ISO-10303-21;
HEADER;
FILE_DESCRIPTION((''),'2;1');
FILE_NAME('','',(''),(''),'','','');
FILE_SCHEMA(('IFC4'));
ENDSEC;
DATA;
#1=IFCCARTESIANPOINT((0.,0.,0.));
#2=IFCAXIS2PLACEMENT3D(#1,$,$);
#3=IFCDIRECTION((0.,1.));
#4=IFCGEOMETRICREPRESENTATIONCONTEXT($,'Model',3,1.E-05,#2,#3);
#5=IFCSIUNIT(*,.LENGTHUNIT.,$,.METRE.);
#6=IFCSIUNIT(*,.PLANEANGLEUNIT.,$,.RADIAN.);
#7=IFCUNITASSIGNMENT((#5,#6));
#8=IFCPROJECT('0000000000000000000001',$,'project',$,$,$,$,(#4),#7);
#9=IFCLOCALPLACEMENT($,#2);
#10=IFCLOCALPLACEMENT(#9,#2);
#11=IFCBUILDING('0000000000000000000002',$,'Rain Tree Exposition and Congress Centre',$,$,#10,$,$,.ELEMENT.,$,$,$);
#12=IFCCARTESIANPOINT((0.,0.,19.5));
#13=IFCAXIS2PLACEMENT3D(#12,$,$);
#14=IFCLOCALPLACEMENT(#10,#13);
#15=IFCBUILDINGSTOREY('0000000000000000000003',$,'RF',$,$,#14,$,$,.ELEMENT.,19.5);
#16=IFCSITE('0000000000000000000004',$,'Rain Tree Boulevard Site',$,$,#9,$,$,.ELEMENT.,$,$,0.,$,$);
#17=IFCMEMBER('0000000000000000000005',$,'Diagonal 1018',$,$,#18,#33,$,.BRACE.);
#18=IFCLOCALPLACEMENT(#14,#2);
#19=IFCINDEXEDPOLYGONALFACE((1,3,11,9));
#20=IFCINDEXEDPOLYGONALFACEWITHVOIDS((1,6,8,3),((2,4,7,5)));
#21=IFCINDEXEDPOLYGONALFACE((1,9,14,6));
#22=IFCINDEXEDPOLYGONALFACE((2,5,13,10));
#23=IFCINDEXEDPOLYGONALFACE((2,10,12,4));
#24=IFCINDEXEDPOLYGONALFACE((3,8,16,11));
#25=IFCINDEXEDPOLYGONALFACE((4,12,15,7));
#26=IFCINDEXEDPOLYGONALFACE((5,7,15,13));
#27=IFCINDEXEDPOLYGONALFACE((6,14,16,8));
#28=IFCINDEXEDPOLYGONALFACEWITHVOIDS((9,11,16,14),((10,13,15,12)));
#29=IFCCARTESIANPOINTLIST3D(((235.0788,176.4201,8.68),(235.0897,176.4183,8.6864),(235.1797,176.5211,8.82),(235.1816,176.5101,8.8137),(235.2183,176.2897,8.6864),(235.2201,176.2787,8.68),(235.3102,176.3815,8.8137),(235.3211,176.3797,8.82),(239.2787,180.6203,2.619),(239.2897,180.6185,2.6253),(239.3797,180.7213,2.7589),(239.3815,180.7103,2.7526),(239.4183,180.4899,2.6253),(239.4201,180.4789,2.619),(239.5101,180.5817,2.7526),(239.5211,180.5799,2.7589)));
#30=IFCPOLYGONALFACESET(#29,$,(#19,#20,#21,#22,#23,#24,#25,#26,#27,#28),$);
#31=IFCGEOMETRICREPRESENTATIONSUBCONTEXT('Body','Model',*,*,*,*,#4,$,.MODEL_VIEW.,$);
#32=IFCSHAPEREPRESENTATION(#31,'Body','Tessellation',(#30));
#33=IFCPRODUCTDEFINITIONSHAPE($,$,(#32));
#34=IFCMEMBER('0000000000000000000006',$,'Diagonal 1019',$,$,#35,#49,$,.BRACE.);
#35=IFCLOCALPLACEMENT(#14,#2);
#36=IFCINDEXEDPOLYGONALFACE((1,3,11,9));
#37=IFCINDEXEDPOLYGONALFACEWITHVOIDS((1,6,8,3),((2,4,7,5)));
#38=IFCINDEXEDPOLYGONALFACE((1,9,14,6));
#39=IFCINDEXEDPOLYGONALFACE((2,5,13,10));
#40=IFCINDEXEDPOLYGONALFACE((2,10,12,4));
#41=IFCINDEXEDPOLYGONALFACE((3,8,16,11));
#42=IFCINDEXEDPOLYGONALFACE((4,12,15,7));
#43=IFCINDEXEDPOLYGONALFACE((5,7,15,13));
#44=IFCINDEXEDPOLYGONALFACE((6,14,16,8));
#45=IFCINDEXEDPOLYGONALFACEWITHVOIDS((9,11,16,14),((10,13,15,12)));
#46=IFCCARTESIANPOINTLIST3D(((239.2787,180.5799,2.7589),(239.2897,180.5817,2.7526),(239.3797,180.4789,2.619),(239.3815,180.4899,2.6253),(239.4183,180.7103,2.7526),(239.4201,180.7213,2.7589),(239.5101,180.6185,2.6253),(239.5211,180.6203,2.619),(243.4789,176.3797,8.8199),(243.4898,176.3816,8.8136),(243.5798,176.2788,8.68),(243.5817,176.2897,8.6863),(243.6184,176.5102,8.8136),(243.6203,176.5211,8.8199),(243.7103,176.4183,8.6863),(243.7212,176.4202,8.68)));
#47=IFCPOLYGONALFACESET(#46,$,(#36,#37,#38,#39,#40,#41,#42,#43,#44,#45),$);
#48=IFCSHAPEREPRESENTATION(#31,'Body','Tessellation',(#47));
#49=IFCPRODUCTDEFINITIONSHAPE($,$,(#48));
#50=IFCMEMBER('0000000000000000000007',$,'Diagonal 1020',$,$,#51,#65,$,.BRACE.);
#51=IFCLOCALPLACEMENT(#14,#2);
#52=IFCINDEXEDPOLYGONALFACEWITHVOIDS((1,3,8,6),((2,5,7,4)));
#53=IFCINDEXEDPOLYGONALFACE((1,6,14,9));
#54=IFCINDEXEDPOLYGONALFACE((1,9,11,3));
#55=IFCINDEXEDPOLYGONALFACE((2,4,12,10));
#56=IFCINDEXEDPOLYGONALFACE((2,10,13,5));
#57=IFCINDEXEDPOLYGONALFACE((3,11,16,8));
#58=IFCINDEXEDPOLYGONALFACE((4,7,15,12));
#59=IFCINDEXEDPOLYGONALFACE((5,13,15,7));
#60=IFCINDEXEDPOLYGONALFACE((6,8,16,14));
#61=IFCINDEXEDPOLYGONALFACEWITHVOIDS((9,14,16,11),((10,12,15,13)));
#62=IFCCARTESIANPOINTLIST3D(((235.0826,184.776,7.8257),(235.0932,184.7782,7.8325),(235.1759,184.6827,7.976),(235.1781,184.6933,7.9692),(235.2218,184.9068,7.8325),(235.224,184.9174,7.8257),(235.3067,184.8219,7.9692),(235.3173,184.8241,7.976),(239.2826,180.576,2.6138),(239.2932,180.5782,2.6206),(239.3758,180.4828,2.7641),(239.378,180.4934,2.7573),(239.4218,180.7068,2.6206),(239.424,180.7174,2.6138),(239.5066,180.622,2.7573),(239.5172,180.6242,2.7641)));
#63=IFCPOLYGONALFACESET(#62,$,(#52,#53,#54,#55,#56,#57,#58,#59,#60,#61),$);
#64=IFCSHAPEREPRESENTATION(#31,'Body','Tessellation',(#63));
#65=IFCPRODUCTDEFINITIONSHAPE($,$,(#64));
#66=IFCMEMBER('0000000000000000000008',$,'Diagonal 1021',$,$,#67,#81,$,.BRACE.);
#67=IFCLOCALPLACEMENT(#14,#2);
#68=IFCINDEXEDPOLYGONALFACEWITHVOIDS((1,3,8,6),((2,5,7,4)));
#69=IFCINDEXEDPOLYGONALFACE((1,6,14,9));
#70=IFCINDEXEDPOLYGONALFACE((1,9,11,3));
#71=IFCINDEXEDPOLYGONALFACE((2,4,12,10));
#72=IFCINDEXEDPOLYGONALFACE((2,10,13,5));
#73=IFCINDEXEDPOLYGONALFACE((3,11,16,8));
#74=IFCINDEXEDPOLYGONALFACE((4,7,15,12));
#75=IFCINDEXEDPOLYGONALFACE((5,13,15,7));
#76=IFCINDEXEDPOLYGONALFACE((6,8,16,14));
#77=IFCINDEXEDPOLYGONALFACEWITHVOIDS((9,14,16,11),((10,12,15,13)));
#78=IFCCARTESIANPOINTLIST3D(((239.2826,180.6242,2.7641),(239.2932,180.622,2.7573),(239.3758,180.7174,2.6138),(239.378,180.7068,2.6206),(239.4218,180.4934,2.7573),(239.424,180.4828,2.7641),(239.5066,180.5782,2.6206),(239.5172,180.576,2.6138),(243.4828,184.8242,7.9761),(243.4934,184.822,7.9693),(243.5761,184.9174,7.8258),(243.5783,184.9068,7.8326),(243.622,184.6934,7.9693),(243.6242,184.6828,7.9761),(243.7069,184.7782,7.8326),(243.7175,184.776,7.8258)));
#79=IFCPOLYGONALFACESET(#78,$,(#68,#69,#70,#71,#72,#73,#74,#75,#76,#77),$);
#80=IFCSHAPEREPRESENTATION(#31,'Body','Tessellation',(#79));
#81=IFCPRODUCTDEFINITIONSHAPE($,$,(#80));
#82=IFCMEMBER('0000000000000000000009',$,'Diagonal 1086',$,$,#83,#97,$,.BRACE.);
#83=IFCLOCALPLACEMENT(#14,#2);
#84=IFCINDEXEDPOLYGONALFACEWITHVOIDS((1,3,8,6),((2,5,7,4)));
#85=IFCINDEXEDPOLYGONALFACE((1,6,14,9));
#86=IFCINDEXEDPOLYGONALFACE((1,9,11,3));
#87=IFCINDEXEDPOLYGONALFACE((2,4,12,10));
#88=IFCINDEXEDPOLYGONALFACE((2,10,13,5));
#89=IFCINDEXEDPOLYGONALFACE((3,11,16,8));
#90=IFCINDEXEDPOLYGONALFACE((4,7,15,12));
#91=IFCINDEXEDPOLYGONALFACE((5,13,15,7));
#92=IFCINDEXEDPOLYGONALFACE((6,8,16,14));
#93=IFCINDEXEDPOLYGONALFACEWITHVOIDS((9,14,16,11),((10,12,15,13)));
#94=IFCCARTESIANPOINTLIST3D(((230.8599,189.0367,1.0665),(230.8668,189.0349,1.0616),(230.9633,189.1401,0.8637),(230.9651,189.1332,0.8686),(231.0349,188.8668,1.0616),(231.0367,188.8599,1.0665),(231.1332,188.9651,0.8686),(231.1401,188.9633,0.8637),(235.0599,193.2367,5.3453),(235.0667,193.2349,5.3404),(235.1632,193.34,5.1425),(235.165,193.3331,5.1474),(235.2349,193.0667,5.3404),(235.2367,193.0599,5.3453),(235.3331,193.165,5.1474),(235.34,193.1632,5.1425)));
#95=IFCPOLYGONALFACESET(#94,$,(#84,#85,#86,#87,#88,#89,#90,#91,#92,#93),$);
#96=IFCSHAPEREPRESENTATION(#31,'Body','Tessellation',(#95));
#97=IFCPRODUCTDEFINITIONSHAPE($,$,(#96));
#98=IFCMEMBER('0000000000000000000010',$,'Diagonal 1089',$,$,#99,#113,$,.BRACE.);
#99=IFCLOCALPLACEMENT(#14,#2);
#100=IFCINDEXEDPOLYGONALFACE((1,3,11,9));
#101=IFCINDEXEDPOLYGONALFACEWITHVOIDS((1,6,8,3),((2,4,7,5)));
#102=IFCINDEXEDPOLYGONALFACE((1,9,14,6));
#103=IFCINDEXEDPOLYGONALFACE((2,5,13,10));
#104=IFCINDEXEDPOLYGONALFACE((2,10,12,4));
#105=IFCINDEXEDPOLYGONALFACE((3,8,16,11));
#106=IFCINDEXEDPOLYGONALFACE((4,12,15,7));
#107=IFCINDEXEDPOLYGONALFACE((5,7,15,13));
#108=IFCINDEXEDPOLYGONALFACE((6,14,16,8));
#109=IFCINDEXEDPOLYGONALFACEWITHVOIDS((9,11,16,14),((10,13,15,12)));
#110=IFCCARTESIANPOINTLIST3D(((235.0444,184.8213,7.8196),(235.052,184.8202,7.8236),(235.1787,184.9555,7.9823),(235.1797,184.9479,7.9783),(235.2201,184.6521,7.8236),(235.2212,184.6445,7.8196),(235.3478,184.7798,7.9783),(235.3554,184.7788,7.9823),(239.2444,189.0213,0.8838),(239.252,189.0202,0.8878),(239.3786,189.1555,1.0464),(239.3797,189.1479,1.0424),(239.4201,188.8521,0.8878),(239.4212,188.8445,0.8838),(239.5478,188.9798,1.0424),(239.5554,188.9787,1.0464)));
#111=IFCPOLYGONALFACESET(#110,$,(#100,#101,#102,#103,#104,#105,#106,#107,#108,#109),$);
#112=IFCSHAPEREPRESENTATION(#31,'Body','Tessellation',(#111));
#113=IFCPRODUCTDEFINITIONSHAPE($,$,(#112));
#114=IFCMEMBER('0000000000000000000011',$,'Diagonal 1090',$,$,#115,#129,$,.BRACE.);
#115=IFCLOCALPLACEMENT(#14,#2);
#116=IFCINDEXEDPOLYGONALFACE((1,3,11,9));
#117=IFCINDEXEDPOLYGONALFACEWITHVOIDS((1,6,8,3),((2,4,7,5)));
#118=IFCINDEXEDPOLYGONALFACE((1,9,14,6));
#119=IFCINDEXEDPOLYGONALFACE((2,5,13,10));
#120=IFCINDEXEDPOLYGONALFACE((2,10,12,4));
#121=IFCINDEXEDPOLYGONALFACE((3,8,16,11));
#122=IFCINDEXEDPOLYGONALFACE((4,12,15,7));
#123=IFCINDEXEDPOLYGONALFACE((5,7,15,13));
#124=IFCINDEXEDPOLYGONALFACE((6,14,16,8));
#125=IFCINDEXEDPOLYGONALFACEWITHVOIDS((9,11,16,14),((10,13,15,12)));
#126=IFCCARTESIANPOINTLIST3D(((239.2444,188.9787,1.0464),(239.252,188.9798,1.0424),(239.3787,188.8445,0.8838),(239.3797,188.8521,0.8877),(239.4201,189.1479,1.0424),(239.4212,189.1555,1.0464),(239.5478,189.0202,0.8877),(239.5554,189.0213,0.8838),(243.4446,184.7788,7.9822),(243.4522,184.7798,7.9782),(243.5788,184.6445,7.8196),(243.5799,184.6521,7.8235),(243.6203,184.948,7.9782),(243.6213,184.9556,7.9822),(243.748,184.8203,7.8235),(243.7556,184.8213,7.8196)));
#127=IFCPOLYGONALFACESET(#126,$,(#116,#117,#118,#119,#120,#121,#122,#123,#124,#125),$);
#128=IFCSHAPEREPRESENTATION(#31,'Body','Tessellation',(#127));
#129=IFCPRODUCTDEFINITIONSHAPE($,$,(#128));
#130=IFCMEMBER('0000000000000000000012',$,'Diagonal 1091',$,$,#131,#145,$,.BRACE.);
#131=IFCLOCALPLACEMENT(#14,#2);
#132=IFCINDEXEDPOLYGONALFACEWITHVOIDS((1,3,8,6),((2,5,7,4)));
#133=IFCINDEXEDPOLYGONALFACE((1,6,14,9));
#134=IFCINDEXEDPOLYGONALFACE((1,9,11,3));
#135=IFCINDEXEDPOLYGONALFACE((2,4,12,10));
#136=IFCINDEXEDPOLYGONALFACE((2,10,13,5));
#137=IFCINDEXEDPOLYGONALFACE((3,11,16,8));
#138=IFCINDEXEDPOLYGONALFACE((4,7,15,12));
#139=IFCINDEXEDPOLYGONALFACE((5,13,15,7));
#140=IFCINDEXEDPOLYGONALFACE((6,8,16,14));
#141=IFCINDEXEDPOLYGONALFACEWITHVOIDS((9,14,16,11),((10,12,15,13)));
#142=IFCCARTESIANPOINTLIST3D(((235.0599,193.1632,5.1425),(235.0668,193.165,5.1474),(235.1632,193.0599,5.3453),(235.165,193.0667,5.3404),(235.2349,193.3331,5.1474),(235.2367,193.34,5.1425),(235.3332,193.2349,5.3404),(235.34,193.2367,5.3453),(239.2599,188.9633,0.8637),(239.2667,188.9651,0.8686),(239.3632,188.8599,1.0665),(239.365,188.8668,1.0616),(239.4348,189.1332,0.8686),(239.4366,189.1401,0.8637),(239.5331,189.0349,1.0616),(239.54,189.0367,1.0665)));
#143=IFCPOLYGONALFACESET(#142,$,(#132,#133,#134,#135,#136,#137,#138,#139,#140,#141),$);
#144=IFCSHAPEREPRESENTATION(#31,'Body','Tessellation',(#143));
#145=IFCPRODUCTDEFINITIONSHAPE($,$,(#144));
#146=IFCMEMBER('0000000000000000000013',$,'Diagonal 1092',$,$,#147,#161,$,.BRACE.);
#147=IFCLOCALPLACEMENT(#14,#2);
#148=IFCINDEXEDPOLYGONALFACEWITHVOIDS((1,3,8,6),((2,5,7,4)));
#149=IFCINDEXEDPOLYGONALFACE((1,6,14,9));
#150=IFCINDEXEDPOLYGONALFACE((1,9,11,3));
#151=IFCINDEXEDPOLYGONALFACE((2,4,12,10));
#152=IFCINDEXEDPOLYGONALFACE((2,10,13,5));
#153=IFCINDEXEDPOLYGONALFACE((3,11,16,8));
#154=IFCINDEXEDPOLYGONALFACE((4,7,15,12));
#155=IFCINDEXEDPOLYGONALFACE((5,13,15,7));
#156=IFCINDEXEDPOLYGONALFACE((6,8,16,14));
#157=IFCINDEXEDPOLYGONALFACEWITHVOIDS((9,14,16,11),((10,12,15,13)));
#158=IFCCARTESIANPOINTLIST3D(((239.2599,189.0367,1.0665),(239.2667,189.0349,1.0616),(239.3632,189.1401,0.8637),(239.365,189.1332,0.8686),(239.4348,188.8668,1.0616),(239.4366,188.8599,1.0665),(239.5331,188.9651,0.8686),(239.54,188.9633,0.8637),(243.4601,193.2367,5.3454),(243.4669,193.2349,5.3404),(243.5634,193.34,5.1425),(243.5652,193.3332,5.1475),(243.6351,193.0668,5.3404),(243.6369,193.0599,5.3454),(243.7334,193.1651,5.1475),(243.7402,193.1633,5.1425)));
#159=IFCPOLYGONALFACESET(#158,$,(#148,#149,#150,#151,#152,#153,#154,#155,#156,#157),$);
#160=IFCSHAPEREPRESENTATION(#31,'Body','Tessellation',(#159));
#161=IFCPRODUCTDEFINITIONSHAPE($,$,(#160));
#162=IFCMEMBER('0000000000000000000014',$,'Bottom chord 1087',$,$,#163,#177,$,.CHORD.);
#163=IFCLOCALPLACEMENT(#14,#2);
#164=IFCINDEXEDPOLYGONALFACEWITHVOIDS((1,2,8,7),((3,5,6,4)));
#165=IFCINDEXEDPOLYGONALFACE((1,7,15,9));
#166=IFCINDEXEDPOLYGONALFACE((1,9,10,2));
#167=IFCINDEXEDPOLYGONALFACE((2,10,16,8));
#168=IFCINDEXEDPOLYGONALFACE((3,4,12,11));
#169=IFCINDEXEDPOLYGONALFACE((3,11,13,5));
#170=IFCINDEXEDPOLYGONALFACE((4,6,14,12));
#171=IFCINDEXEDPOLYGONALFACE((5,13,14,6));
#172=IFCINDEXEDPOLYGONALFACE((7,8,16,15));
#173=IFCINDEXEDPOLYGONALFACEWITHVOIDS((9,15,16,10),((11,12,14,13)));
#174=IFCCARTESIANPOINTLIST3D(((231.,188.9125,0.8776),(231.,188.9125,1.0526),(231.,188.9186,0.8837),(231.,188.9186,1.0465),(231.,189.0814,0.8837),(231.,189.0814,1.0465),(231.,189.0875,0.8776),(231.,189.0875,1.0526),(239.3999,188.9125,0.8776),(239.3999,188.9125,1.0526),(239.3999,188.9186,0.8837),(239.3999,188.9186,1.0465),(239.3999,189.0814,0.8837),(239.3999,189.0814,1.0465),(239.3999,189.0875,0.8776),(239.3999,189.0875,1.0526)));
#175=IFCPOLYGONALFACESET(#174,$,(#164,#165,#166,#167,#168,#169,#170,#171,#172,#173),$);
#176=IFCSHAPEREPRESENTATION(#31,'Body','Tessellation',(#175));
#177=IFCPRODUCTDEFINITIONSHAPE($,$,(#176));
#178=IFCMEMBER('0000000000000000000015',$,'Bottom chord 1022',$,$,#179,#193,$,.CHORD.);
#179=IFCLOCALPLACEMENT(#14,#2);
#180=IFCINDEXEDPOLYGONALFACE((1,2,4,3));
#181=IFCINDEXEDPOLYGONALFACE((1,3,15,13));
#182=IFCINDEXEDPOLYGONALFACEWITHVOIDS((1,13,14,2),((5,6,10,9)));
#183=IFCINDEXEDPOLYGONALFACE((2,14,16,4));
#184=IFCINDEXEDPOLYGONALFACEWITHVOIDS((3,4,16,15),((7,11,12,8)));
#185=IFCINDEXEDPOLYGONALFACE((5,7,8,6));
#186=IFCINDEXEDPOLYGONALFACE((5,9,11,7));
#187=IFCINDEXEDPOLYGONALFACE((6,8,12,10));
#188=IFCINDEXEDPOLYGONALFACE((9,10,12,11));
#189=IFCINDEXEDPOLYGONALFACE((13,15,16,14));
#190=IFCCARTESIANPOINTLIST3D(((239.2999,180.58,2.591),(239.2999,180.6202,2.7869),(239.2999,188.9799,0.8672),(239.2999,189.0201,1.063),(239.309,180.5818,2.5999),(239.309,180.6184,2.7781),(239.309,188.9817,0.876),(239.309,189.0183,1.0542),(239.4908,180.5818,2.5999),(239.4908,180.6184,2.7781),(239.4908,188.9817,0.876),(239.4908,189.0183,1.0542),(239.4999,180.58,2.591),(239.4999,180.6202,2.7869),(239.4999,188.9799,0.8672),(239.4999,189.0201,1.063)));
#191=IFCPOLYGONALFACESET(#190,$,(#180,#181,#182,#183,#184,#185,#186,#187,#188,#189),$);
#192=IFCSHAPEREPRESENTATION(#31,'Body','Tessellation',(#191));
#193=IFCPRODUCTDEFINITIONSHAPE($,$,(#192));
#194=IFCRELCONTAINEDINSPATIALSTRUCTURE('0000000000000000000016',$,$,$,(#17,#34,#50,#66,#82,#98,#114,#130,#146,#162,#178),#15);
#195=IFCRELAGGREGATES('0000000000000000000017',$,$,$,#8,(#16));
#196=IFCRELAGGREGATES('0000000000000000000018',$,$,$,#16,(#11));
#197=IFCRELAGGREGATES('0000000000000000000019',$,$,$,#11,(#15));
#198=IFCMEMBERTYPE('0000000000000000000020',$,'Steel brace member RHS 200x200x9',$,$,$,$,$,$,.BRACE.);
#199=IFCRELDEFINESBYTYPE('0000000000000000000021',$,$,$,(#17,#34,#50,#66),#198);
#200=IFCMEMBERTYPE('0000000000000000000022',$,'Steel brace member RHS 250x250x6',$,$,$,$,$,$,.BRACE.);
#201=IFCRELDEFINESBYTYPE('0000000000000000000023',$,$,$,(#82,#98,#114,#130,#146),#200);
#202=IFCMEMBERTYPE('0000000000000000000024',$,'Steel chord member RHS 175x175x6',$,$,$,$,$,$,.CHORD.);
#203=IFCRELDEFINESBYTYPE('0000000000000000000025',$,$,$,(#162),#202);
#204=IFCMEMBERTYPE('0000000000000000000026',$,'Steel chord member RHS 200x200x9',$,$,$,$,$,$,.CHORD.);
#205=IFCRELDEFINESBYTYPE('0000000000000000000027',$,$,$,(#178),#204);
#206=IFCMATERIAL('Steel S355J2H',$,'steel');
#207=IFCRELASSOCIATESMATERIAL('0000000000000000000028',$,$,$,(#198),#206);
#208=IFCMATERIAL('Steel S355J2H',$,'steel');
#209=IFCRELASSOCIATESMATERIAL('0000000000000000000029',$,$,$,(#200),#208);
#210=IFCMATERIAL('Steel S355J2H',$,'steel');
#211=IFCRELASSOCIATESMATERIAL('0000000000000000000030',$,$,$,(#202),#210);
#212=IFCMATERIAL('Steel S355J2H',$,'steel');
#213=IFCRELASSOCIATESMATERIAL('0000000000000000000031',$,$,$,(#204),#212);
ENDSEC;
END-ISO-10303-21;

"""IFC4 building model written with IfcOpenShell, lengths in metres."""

from ifc_helpers import new_model, si_unit, direction, frame, origin, origin_2d, place, context, subcontext, project, spatial, hollow_rectangle, extrude, material, material_profile, profile_set, type_object, element, save


model = new_model("IFC4")

# Units and contexts
model_context = context("Model", 3, precision=1e-05, world=origin(), true_north=direction((0.0, 1.0)))
body_context = subcontext(model_context, "Body", "Model", "MODEL_VIEW")
ifc_project = project(units=[si_unit("LENGTHUNIT", "METRE"), si_unit("PLANEANGLEUNIT", "RADIAN")], contexts=[model_context])

# Site, building, storey
site_placement = place(None, origin())
site = spatial("IfcSite", under=ifc_project, at=site_placement, Name="Rain Tree Boulevard Site", CompositionType="ELEMENT", RefElevation=0.0)
building_placement = place(site_placement, origin())
building = spatial("IfcBuilding", under=site, at=building_placement, Name="Rain Tree Exposition and Congress Centre", CompositionType="ELEMENT")
storey_placement = place(building_placement, frame((0.0, 0.0, 19.5)))
storey = spatial("IfcBuildingStorey", under=building, at=storey_placement, Name="RF", CompositionType="ELEMENT", Elevation=19.5)

# Members
ifc_material_1 = material(Name="Steel S355J2H", Category="steel")
ifc_material_profile_1 = material_profile(ifc_material_1, hollow_rectangle(XDim=0.2, YDim=0.2, WallThickness=0.009, at=origin_2d()), Name="RHS 200x200x9")
ifc_profile_set_1 = profile_set([ifc_material_profile_1], Name="Steel S355J2H")
member_type_1 = type_object("IfcMemberType", Name="Steel brace member RHS 200x200x9", PredefinedType="BRACE", material=ifc_profile_set_1)
for number, where, z_axis, x_axis, name in (
    (1, (239.3999, 180.6001, 2.689), (-0.494909, -0.494938, 0.714214), (0.707127, -0.707086, 0.0), "Diagonal 1018"),
    (2, (239.3999, 180.6001, 2.689), (0.494931, -0.494931, 0.714203), (0.707107, 0.707107, 0.0), "Diagonal 1019"),
):
    element("IfcMember", number, at=place(storey_placement, frame(where, z_axis=z_axis, x_axis=x_axis)), inside=storey, type_object=member_type_1, Name=name, PredefinedType="BRACE", context=body_context, shape_type="SweptSolid", body=[
        extrude(hollow_rectangle(XDim=0.2, YDim=0.2, WallThickness=0.009, at=origin_2d()), origin(), (0.0, 0.0, 1.0), 8.4863),
    ])
member_1_placement = place(storey_placement, frame((239.3999, 180.6001, 2.689), z_axis=(-0.531498, 0.531498, 0.65956), x_axis=(-0.707107, -0.707107, 0.0)))
element("IfcMember", 3, at=member_1_placement, inside=storey, type_object=member_type_1, Name="Diagonal 1020", PredefinedType="BRACE", context=body_context, shape_type="SweptSolid", body=[
    extrude(hollow_rectangle(XDim=0.2, YDim=0.2, WallThickness=0.009, at=origin_2d()), origin(), (0.0, 0.0, 1.0), 7.9021),
])
member_2_placement = place(storey_placement, frame((239.3999, 180.6001, 2.689), z_axis=(0.53152, 0.531489, 0.65955), x_axis=(-0.707086, 0.707127, 0.0)))
element("IfcMember", 4, at=member_2_placement, inside=storey, type_object=member_type_1, Name="Diagonal 1021", PredefinedType="BRACE", context=body_context, shape_type="SweptSolid", body=[
    extrude(hollow_rectangle(XDim=0.2, YDim=0.2, WallThickness=0.009, at=origin_2d()), origin(), (0.0, 0.0, 1.0), 7.9023),
])
ifc_material_2 = material(Name="Steel S355J2H", Category="steel")
ifc_material_profile_2 = material_profile(ifc_material_2, hollow_rectangle(XDim=0.25, YDim=0.25, WallThickness=0.0061, at=origin_2d()), Name="RHS 250x250x6")
ifc_profile_set_2 = profile_set([ifc_material_profile_2], Name="Steel S355J2H")
member_type_2 = type_object("IfcMemberType", Name="Steel brace member RHS 250x250x6", PredefinedType="BRACE", material=ifc_profile_set_2)
member_3_placement = place(storey_placement, frame((231.0, 189.0, 0.9651), z_axis=(0.573737, 0.573737, 0.58451), x_axis=(-0.707107, 0.707107, 0.0)))
element("IfcMember", 5, at=member_3_placement, inside=storey, type_object=member_type_2, Name="Diagonal 1086", PredefinedType="BRACE", context=body_context, shape_type="SweptSolid", body=[
    extrude(hollow_rectangle(XDim=0.25, YDim=0.25, WallThickness=0.0061, at=origin_2d()), origin(), (0.0, 0.0, 1.0), 7.3203),
])
for number, where, z_axis, x_axis, name in (
    (6, (239.3999, 189.0, 0.9651), (-0.459941, -0.459941, 0.759545), (0.707107, -0.707107, 0.0), "Diagonal 1089"),
    (7, (239.3999, 189.0, 0.9651), (0.459962, -0.459935, 0.759536), (0.707086, 0.707127, 0.0), "Diagonal 1090"),
):
    element("IfcMember", number, at=place(storey_placement, frame(where, z_axis=z_axis, x_axis=x_axis)), inside=storey, type_object=member_type_2, Name=name, PredefinedType="BRACE", context=body_context, shape_type="SweptSolid", body=[
        extrude(hollow_rectangle(XDim=0.25, YDim=0.25, WallThickness=0.0061, at=origin_2d()), origin(), (0.0, 0.0, 1.0), 9.1316),
    ])
member_4_placement = place(storey_placement, frame((239.3999, 189.0, 0.9651), z_axis=(-0.573737, 0.573737, 0.58451), x_axis=(-0.707107, -0.707107, 0.0)))
element("IfcMember", 8, at=member_4_placement, inside=storey, type_object=member_type_2, Name="Diagonal 1091", PredefinedType="BRACE", context=body_context, shape_type="SweptSolid", body=[
    extrude(hollow_rectangle(XDim=0.25, YDim=0.25, WallThickness=0.0061, at=origin_2d()), origin(), (0.0, 0.0, 1.0), 7.3203),
])
member_5_placement = place(storey_placement, frame((239.3999, 189.0, 0.9651), z_axis=(0.57376, 0.573726, 0.584498), x_axis=(-0.707086, 0.707127, 0.0)))
element("IfcMember", 9, at=member_5_placement, inside=storey, type_object=member_type_2, Name="Diagonal 1092", PredefinedType="BRACE", context=body_context, shape_type="SweptSolid", body=[
    extrude(hollow_rectangle(XDim=0.25, YDim=0.25, WallThickness=0.0061, at=origin_2d()), origin(), (0.0, 0.0, 1.0), 7.3206),
])
ifc_material_3 = material(Name="Steel S355J2H", Category="steel")
ifc_material_profile_3 = material_profile(ifc_material_3, hollow_rectangle(XDim=0.175, YDim=0.175, WallThickness=0.0061, at=origin_2d()), Name="RHS 175x175x6")
ifc_profile_set_3 = profile_set([ifc_material_profile_3], Name="Steel S355J2H")
member_type_3 = type_object("IfcMemberType", Name="Steel chord member RHS 175x175x6", PredefinedType="CHORD", material=ifc_profile_set_3)
member_6_placement = place(storey_placement, frame((231.0, 189.0, 0.9651), z_axis=(1.0, 0.0, 0.0), x_axis=(0.0, 1.0, 0.0)))
element("IfcMember", 10, at=member_6_placement, inside=storey, type_object=member_type_3, Name="Bottom chord 1087", PredefinedType="CHORD", context=body_context, shape_type="SweptSolid", body=[
    extrude(hollow_rectangle(XDim=0.175, YDim=0.175, WallThickness=0.0061, at=origin_2d()), origin(), (0.0, 0.0, 1.0), 8.3999),
])
ifc_material_4 = material(Name="Steel S355J2H", Category="steel")
ifc_material_profile_4 = material_profile(ifc_material_4, hollow_rectangle(XDim=0.2, YDim=0.2, WallThickness=0.009, at=origin_2d()), Name="RHS 200x200x9")
ifc_profile_set_4 = profile_set([ifc_material_profile_4], Name="Steel S355J2H")
member_type_4 = type_object("IfcMemberType", Name="Steel chord member RHS 200x200x9", PredefinedType="CHORD", material=ifc_profile_set_4)
member_7_placement = place(storey_placement, frame((239.3999, 180.6001, 2.689), z_axis=(0.0, 0.979584, -0.201036), x_axis=(-1.0, 0.0, 0.0)))
element("IfcMember", 11, at=member_7_placement, inside=storey, type_object=member_type_4, Name="Bottom chord 1022", PredefinedType="CHORD", context=body_context, shape_type="SweptSolid", body=[
    extrude(hollow_rectangle(XDim=0.2, YDim=0.2, WallThickness=0.009, at=origin_2d()), origin(), (0.0, 0.0, 1.0), 8.575),
])

save(model, "model.ifc")
